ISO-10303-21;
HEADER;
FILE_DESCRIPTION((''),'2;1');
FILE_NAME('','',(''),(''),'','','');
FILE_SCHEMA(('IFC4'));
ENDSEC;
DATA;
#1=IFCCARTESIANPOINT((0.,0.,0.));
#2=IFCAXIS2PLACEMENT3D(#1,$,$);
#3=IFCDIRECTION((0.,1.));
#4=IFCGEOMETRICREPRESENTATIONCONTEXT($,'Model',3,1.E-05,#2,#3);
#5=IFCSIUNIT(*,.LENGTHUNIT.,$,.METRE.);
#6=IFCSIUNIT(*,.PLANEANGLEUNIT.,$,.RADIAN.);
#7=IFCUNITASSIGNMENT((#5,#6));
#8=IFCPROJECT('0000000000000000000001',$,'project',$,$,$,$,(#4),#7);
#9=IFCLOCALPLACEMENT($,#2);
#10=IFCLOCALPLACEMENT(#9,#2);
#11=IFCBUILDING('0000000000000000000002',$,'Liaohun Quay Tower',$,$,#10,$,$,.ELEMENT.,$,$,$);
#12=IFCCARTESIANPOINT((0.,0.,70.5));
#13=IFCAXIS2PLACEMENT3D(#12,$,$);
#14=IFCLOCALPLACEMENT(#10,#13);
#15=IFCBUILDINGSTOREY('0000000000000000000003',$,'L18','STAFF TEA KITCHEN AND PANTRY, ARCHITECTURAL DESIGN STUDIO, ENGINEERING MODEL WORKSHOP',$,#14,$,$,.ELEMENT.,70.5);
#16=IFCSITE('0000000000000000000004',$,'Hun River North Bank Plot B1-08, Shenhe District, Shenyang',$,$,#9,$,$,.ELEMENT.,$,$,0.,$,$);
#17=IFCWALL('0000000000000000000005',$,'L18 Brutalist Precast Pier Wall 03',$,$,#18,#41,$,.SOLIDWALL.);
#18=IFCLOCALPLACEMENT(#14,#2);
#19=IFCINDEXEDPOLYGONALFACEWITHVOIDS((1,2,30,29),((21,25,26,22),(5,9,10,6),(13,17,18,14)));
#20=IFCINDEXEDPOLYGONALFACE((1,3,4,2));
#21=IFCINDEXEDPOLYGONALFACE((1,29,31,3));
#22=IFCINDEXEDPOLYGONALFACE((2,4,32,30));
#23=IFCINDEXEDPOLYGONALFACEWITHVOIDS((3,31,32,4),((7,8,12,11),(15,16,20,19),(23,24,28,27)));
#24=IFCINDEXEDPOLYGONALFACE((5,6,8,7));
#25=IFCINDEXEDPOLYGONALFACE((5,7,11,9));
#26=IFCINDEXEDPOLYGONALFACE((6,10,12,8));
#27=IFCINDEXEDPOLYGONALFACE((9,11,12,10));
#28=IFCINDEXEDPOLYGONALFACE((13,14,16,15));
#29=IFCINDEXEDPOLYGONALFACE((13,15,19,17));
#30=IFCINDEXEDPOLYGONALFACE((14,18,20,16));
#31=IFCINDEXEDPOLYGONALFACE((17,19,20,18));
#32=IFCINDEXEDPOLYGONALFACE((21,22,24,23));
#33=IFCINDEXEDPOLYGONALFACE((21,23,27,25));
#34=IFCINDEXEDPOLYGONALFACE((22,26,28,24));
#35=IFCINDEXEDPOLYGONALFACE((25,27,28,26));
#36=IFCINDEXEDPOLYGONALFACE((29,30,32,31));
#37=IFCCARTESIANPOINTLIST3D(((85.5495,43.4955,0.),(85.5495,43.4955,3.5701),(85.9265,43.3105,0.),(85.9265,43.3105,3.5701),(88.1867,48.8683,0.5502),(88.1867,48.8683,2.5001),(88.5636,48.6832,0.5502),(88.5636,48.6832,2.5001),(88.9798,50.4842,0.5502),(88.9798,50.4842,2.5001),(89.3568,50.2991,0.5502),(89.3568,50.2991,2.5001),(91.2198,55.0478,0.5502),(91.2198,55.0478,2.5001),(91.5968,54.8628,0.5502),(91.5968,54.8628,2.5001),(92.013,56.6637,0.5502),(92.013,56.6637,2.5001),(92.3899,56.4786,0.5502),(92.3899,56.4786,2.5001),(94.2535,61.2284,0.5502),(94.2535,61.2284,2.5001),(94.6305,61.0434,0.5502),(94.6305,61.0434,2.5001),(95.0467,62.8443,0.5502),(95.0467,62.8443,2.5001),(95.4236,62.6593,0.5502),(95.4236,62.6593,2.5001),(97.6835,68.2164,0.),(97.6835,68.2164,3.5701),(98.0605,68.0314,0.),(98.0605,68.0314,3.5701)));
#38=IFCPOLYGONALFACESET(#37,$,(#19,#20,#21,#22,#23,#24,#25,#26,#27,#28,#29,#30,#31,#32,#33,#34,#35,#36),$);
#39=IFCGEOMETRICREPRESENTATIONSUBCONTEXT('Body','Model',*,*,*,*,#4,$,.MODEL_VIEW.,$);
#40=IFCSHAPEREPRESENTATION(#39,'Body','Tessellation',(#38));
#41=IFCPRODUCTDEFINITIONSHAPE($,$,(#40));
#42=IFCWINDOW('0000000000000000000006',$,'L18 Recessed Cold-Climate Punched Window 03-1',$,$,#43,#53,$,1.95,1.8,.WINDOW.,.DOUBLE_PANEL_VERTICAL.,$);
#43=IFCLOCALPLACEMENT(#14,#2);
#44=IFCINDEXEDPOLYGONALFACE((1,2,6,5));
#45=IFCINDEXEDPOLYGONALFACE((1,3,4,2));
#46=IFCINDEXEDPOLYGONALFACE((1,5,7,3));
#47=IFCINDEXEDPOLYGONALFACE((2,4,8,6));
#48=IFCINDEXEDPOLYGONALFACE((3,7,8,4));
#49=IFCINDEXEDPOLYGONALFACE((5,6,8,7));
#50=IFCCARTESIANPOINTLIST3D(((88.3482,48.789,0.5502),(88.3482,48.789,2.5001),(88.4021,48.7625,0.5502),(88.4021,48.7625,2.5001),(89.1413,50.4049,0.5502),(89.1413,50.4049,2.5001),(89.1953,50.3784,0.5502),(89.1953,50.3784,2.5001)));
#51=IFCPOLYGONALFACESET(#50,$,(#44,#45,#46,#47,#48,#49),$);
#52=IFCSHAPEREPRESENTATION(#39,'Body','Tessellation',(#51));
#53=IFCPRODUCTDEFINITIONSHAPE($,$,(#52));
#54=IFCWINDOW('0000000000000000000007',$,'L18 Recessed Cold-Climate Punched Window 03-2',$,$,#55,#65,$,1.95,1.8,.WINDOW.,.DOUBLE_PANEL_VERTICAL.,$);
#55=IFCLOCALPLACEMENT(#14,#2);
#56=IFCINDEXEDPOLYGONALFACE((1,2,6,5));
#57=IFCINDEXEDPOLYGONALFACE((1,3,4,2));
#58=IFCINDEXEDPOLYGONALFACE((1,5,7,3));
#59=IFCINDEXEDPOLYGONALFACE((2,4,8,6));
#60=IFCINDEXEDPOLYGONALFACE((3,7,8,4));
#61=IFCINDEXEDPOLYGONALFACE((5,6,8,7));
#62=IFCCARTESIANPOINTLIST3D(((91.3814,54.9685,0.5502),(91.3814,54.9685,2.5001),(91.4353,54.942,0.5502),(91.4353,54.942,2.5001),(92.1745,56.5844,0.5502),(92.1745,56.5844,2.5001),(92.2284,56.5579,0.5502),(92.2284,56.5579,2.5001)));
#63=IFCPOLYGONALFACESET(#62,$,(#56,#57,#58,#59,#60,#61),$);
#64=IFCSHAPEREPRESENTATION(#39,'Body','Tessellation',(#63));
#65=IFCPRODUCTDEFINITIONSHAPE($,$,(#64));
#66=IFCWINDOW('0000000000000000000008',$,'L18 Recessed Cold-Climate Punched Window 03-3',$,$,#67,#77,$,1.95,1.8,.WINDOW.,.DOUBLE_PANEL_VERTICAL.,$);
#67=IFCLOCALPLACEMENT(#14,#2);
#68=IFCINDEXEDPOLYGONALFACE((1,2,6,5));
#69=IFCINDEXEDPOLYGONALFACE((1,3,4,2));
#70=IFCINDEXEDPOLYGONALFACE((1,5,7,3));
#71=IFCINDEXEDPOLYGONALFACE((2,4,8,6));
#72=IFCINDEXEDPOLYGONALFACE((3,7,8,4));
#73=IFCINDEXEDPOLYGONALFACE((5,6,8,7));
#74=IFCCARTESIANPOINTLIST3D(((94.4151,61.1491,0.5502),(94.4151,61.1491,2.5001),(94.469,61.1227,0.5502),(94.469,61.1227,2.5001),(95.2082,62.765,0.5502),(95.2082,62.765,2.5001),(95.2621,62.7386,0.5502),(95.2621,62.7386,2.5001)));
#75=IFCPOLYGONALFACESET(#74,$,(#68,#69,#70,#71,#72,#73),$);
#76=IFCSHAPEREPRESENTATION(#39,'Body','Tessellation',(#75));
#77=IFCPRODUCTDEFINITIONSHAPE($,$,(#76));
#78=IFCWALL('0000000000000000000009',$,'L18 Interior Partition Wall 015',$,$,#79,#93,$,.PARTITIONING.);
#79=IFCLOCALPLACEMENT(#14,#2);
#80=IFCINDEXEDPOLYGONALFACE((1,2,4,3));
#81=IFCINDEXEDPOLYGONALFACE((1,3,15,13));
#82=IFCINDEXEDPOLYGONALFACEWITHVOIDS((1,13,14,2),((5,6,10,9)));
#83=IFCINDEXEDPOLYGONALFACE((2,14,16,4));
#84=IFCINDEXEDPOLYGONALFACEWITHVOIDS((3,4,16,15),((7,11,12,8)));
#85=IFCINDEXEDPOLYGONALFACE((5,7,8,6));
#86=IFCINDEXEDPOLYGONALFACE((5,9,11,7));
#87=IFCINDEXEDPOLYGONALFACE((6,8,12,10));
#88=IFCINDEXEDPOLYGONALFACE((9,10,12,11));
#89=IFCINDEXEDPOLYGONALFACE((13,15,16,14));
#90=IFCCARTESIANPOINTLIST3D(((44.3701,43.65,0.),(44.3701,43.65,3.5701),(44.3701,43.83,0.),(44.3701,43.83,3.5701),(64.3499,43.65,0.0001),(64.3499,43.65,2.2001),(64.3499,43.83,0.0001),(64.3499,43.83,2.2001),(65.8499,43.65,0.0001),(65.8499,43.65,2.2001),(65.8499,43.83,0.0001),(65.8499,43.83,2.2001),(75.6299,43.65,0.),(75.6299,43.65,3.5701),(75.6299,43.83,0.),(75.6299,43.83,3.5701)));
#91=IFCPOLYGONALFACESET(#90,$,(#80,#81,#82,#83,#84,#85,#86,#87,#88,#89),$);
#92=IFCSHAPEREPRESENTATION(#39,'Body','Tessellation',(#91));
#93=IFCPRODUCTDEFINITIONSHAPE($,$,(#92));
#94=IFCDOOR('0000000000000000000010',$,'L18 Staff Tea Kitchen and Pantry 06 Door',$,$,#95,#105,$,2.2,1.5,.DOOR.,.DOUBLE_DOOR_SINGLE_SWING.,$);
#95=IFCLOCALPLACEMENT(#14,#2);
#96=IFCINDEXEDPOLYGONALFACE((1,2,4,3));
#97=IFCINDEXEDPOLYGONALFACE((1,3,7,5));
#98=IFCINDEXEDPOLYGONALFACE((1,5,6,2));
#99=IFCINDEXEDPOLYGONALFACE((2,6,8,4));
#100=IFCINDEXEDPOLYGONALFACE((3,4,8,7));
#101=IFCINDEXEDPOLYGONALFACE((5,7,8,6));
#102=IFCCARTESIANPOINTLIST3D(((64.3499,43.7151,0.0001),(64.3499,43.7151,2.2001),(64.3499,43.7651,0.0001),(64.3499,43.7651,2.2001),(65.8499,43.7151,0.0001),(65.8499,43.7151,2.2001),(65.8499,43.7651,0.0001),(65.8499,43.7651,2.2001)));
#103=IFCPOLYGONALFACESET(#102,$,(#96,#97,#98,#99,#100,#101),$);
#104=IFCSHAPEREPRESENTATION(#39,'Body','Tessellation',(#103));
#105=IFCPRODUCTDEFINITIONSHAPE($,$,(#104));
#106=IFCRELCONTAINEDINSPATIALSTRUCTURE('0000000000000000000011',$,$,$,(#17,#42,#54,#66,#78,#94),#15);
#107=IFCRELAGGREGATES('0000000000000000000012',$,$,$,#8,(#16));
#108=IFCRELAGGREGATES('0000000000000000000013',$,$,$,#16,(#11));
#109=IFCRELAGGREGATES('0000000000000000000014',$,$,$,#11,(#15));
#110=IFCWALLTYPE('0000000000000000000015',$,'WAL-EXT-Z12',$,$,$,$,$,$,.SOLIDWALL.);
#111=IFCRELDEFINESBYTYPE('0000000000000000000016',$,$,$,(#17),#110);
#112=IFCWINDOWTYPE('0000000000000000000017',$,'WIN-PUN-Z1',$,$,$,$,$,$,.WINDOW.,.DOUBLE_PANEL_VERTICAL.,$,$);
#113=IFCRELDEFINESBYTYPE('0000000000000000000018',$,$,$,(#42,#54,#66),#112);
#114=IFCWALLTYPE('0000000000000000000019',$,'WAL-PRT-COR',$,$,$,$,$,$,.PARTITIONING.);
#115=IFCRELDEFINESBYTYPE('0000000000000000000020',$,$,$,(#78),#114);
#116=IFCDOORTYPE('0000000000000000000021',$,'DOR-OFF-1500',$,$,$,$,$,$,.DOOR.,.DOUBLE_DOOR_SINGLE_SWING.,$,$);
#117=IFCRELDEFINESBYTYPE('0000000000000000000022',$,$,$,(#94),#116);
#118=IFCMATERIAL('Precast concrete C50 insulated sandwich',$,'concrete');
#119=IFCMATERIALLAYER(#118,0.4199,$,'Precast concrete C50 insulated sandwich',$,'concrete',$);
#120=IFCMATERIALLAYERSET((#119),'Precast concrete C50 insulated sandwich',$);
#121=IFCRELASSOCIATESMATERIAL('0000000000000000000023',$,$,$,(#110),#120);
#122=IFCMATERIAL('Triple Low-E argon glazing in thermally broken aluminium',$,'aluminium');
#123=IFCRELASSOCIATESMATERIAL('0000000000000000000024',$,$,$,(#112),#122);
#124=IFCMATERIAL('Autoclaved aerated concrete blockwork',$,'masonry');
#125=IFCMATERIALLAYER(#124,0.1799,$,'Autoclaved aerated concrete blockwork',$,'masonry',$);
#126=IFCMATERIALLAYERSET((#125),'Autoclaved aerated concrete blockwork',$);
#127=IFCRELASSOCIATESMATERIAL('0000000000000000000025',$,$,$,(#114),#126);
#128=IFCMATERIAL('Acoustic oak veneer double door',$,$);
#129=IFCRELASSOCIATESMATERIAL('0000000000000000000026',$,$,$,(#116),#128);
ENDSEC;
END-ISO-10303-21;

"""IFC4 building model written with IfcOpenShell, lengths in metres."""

from ifc_helpers import new_model, si_unit, direction, frame, frame_2d, origin, place, context, subcontext, project, spatial, rectangle, extrude, source, transform, mapped, material, layer, layer_set, type_object, element, fill, save


model = new_model("IFC4")

# Units and contexts
model_context = context("Model", 3, precision=1e-05, world=origin(), true_north=direction((0.0, 1.0)))
body_context = subcontext(model_context, "Body", "Model", "MODEL_VIEW")
ifc_project = project(units=[si_unit("LENGTHUNIT", "METRE"), si_unit("PLANEANGLEUNIT", "RADIAN")], contexts=[model_context])

# Site, building, storey
site_placement = place(None, origin())
site = spatial("IfcSite", under=ifc_project, at=site_placement, Name="Hun River North Bank Plot B1-08, Shenhe District, Shenyang", CompositionType="ELEMENT", RefElevation=0.0)
building_placement = place(site_placement, origin())
building = spatial("IfcBuilding", under=site, at=building_placement, Name="Liaohun Quay Tower", CompositionType="ELEMENT")
storey_placement = place(building_placement, frame((0.0, 0.0, 70.5)))
storey = spatial("IfcBuildingStorey", under=building, at=storey_placement, Name="L18", Description="STAFF TEA KITCHEN AND PANTRY, ARCHITECTURAL DESIGN STUDIO, ENGINEERING MODEL WORKSHOP", CompositionType="ELEMENT", Elevation=70.5)

# Shared definitions
ifc_material_1 = material(Name="Precast concrete C50 insulated sandwich", Category="concrete")
ifc_layer_1 = layer(ifc_material_1, 0.4199, Name="Precast concrete C50 insulated sandwich", Category="concrete")
ifc_layer_set_1 = layer_set([ifc_layer_1], Name="Precast concrete C50 insulated sandwich")
wall_type_1 = type_object("IfcWallType", Name="WAL-EXT-Z12", PredefinedType="SOLIDWALL", material=ifc_layer_set_1)

# Wall, openings, windows
shared_shape_1 = source(origin(), body_context, "Body", "SweptSolid", [
    extrude(rectangle(XDim=1.8, YDim=1.95, at=frame_2d((0.8999, 0.9751))), frame((0.0, 0.22, 0.0), z_axis=(0.0, -1.0, 0.0), x_axis=(1.0, 0.0, 0.0)), (0.0, 0.0, 1.0), 0.4399),
])
ifc_material_2 = material(Name="Triple Low-E argon glazing in thermally broken aluminium", Category="aluminium")
window_type_1 = type_object("IfcWindowType", Name="WIN-PUN-Z1", PartitioningType="DOUBLE_PANEL_VERTICAL", PredefinedType="WINDOW", material=ifc_material_2)
shared_shape_2 = source(origin(), body_context, "Body", "SweptSolid", [
    extrude(rectangle(XDim=1.8, YDim=1.95, at=frame_2d((0.8999, 0.9751))), frame((0.0, 0.03, 0.0), z_axis=(0.0, -1.0, 0.0), x_axis=(1.0, 0.0, 0.0)), (0.0, 0.0, 1.0), 0.0601),
])
wall_1_placement = place(storey_placement, frame((85.738, 43.4031, 0.0), z_axis=(0.0, 0.0, 1.0), x_axis=(0.440623, 0.897692, 0.0)))
wall_1 = element("IfcWall", 1, at=wall_1_placement, inside=storey, type_object=wall_type_1, Name="L18 Brutalist Precast Pier Wall 03", PredefinedType="SOLIDWALL", context=body_context, shape_type="SweptSolid", body=[
    extrude(rectangle(XDim=27.5383, YDim=0.4199, at=frame_2d((13.769, 0.0))), origin(), (0.0, 0.0, 1.0), 3.5701),
])
opening_1_placement = place(wall_1_placement, frame((5.9851, 0.0, 0.55)))
opening_1 = element("IfcOpeningElement", 2, at=opening_1_placement, cuts=wall_1, PredefinedType="OPENING", context=body_context, shape_type="MappedRepresentation", body=[
    mapped(shared_shape_1, transform((0.0, 0.0, 0.0), x_axis=(1.0, 0.0, 0.0), y_axis=(0.0, 1.0, 0.0), z_axis=(0.0, 0.0, 1.0), scale=1.0)),
])
opening_2_placement = place(wall_1_placement, frame((12.8689, 0.0, 0.55)))
opening_2 = element("IfcOpeningElement", 3, at=opening_2_placement, cuts=wall_1, PredefinedType="OPENING", context=body_context, shape_type="MappedRepresentation", body=[
    mapped(shared_shape_1, transform((0.0, 0.0, 0.0), x_axis=(1.0, 0.0, 0.0), y_axis=(0.0, 1.0, 0.0), z_axis=(0.0, 0.0, 1.0), scale=1.0)),
])
opening_3_placement = place(wall_1_placement, frame((19.7539, 0.0, 0.55)))
opening_3 = element("IfcOpeningElement", 4, at=opening_3_placement, cuts=wall_1, PredefinedType="OPENING", context=body_context, shape_type="MappedRepresentation", body=[
    mapped(shared_shape_1, transform((0.0, 0.0, 0.0), x_axis=(1.0, 0.0, 0.0), y_axis=(0.0, 1.0, 0.0), z_axis=(0.0, 0.0, 1.0), scale=1.0)),
])
window_1_placement = place(opening_1_placement, origin())
window_1 = element("IfcWindow", 5, at=window_1_placement, inside=storey, type_object=window_type_1, Name="L18 Recessed Cold-Climate Punched Window 03-1", OverallHeight=1.95, OverallWidth=1.8, PartitioningType="DOUBLE_PANEL_VERTICAL", PredefinedType="WINDOW", context=body_context, shape_type="MappedRepresentation", body=[
    mapped(shared_shape_2, transform((0.0, 0.0, 0.0), x_axis=(1.0, 0.0, 0.0), y_axis=(0.0, 1.0, 0.0), z_axis=(0.0, 0.0, 1.0), scale=1.0)),
])
fill(opening_1, window_1)
window_2_placement = place(opening_2_placement, origin())
window_2 = element("IfcWindow", 6, at=window_2_placement, inside=storey, type_object=window_type_1, Name="L18 Recessed Cold-Climate Punched Window 03-2", OverallHeight=1.95, OverallWidth=1.8, PartitioningType="DOUBLE_PANEL_VERTICAL", PredefinedType="WINDOW", context=body_context, shape_type="MappedRepresentation", body=[
    mapped(shared_shape_2, transform((0.0, 0.0, 0.0), x_axis=(1.0, 0.0, 0.0), y_axis=(0.0, 1.0, 0.0), z_axis=(0.0, 0.0, 1.0), scale=1.0)),
])
fill(opening_2, window_2)
window_3_placement = place(opening_3_placement, origin())
window_3 = element("IfcWindow", 7, at=window_3_placement, inside=storey, type_object=window_type_1, Name="L18 Recessed Cold-Climate Punched Window 03-3", OverallHeight=1.95, OverallWidth=1.8, PartitioningType="DOUBLE_PANEL_VERTICAL", PredefinedType="WINDOW", context=body_context, shape_type="MappedRepresentation", body=[
    mapped(shared_shape_2, transform((0.0, 0.0, 0.0), x_axis=(1.0, 0.0, 0.0), y_axis=(0.0, 1.0, 0.0), z_axis=(0.0, 0.0, 1.0), scale=1.0)),
])
fill(opening_3, window_3)

# Wall, opening, door
ifc_material_3 = material(Name="Autoclaved aerated concrete blockwork", Category="masonry")
ifc_layer_2 = layer(ifc_material_3, 0.1799, Name="Autoclaved aerated concrete blockwork", Category="masonry")
ifc_layer_set_2 = layer_set([ifc_layer_2], Name="Autoclaved aerated concrete blockwork")
wall_type_2 = type_object("IfcWallType", Name="WAL-PRT-COR", PredefinedType="PARTITIONING", material=ifc_layer_set_2)
wall_2_placement = place(storey_placement, frame((75.6299, 43.74, 0.0), z_axis=(0.0, 0.0, 1.0), x_axis=(-1.0, 0.0, 0.0)))
wall_2 = element("IfcWall", 8, at=wall_2_placement, inside=storey, type_object=wall_type_2, Name="L18 Interior Partition Wall 015", PredefinedType="PARTITIONING", context=body_context, shape_type="SweptSolid", body=[
    extrude(rectangle(XDim=31.2598, YDim=0.1799, at=frame_2d((15.6299, 0.0))), origin(), (0.0, 0.0, 1.0), 3.5701),
])
shared_shape_3 = source(origin(), body_context, "Body", "SweptSolid", [
    extrude(rectangle(XDim=1.5, YDim=2.2, at=frame_2d((0.75, 1.1001))), frame((0.0, 0.0999, 0.0), z_axis=(0.0, -1.0, 0.0), x_axis=(1.0, 0.0, 0.0)), (0.0, 0.0, 1.0), 0.2),
])
opening_4_placement = place(wall_2_placement, frame((9.78, 0.0, 0.0)))
opening_4 = element("IfcOpeningElement", 9, at=opening_4_placement, cuts=wall_2, PredefinedType="OPENING", context=body_context, shape_type="MappedRepresentation", body=[
    mapped(shared_shape_3, transform((0.0, 0.0, 0.0), x_axis=(1.0, 0.0, 0.0), y_axis=(0.0, 1.0, 0.0), z_axis=(0.0, 0.0, 1.0), scale=1.0)),
])
ifc_material_4 = material(Name="Acoustic oak veneer double door")
door_type = type_object("IfcDoorType", Name="DOR-OFF-1500", OperationType="DOUBLE_DOOR_SINGLE_SWING", PredefinedType="DOOR", material=ifc_material_4)
shared_shape_4 = source(origin(), body_context, "Body", "SweptSolid", [
    extrude(rectangle(XDim=1.5, YDim=2.2, at=frame_2d((0.75, 1.1001))), frame((0.0, 0.0249, 0.0), z_axis=(0.0, -1.0, 0.0), x_axis=(1.0, 0.0, 0.0)), (0.0, 0.0, 1.0), 0.05),
])
door_placement = place(opening_4_placement, origin())
door = element("IfcDoor", 10, at=door_placement, inside=storey, type_object=door_type, Name="L18 Staff Tea Kitchen and Pantry 06 Door", OperationType="DOUBLE_DOOR_SINGLE_SWING", OverallHeight=2.2, OverallWidth=1.5, PredefinedType="DOOR", context=body_context, shape_type="MappedRepresentation", body=[
    mapped(shared_shape_4, transform((0.0, 0.0, 0.0), x_axis=(1.0, 0.0, 0.0), y_axis=(0.0, 1.0, 0.0), z_axis=(0.0, 0.0, 1.0), scale=1.0)),
])
fill(opening_4, door)

save(model, "model.ifc")
